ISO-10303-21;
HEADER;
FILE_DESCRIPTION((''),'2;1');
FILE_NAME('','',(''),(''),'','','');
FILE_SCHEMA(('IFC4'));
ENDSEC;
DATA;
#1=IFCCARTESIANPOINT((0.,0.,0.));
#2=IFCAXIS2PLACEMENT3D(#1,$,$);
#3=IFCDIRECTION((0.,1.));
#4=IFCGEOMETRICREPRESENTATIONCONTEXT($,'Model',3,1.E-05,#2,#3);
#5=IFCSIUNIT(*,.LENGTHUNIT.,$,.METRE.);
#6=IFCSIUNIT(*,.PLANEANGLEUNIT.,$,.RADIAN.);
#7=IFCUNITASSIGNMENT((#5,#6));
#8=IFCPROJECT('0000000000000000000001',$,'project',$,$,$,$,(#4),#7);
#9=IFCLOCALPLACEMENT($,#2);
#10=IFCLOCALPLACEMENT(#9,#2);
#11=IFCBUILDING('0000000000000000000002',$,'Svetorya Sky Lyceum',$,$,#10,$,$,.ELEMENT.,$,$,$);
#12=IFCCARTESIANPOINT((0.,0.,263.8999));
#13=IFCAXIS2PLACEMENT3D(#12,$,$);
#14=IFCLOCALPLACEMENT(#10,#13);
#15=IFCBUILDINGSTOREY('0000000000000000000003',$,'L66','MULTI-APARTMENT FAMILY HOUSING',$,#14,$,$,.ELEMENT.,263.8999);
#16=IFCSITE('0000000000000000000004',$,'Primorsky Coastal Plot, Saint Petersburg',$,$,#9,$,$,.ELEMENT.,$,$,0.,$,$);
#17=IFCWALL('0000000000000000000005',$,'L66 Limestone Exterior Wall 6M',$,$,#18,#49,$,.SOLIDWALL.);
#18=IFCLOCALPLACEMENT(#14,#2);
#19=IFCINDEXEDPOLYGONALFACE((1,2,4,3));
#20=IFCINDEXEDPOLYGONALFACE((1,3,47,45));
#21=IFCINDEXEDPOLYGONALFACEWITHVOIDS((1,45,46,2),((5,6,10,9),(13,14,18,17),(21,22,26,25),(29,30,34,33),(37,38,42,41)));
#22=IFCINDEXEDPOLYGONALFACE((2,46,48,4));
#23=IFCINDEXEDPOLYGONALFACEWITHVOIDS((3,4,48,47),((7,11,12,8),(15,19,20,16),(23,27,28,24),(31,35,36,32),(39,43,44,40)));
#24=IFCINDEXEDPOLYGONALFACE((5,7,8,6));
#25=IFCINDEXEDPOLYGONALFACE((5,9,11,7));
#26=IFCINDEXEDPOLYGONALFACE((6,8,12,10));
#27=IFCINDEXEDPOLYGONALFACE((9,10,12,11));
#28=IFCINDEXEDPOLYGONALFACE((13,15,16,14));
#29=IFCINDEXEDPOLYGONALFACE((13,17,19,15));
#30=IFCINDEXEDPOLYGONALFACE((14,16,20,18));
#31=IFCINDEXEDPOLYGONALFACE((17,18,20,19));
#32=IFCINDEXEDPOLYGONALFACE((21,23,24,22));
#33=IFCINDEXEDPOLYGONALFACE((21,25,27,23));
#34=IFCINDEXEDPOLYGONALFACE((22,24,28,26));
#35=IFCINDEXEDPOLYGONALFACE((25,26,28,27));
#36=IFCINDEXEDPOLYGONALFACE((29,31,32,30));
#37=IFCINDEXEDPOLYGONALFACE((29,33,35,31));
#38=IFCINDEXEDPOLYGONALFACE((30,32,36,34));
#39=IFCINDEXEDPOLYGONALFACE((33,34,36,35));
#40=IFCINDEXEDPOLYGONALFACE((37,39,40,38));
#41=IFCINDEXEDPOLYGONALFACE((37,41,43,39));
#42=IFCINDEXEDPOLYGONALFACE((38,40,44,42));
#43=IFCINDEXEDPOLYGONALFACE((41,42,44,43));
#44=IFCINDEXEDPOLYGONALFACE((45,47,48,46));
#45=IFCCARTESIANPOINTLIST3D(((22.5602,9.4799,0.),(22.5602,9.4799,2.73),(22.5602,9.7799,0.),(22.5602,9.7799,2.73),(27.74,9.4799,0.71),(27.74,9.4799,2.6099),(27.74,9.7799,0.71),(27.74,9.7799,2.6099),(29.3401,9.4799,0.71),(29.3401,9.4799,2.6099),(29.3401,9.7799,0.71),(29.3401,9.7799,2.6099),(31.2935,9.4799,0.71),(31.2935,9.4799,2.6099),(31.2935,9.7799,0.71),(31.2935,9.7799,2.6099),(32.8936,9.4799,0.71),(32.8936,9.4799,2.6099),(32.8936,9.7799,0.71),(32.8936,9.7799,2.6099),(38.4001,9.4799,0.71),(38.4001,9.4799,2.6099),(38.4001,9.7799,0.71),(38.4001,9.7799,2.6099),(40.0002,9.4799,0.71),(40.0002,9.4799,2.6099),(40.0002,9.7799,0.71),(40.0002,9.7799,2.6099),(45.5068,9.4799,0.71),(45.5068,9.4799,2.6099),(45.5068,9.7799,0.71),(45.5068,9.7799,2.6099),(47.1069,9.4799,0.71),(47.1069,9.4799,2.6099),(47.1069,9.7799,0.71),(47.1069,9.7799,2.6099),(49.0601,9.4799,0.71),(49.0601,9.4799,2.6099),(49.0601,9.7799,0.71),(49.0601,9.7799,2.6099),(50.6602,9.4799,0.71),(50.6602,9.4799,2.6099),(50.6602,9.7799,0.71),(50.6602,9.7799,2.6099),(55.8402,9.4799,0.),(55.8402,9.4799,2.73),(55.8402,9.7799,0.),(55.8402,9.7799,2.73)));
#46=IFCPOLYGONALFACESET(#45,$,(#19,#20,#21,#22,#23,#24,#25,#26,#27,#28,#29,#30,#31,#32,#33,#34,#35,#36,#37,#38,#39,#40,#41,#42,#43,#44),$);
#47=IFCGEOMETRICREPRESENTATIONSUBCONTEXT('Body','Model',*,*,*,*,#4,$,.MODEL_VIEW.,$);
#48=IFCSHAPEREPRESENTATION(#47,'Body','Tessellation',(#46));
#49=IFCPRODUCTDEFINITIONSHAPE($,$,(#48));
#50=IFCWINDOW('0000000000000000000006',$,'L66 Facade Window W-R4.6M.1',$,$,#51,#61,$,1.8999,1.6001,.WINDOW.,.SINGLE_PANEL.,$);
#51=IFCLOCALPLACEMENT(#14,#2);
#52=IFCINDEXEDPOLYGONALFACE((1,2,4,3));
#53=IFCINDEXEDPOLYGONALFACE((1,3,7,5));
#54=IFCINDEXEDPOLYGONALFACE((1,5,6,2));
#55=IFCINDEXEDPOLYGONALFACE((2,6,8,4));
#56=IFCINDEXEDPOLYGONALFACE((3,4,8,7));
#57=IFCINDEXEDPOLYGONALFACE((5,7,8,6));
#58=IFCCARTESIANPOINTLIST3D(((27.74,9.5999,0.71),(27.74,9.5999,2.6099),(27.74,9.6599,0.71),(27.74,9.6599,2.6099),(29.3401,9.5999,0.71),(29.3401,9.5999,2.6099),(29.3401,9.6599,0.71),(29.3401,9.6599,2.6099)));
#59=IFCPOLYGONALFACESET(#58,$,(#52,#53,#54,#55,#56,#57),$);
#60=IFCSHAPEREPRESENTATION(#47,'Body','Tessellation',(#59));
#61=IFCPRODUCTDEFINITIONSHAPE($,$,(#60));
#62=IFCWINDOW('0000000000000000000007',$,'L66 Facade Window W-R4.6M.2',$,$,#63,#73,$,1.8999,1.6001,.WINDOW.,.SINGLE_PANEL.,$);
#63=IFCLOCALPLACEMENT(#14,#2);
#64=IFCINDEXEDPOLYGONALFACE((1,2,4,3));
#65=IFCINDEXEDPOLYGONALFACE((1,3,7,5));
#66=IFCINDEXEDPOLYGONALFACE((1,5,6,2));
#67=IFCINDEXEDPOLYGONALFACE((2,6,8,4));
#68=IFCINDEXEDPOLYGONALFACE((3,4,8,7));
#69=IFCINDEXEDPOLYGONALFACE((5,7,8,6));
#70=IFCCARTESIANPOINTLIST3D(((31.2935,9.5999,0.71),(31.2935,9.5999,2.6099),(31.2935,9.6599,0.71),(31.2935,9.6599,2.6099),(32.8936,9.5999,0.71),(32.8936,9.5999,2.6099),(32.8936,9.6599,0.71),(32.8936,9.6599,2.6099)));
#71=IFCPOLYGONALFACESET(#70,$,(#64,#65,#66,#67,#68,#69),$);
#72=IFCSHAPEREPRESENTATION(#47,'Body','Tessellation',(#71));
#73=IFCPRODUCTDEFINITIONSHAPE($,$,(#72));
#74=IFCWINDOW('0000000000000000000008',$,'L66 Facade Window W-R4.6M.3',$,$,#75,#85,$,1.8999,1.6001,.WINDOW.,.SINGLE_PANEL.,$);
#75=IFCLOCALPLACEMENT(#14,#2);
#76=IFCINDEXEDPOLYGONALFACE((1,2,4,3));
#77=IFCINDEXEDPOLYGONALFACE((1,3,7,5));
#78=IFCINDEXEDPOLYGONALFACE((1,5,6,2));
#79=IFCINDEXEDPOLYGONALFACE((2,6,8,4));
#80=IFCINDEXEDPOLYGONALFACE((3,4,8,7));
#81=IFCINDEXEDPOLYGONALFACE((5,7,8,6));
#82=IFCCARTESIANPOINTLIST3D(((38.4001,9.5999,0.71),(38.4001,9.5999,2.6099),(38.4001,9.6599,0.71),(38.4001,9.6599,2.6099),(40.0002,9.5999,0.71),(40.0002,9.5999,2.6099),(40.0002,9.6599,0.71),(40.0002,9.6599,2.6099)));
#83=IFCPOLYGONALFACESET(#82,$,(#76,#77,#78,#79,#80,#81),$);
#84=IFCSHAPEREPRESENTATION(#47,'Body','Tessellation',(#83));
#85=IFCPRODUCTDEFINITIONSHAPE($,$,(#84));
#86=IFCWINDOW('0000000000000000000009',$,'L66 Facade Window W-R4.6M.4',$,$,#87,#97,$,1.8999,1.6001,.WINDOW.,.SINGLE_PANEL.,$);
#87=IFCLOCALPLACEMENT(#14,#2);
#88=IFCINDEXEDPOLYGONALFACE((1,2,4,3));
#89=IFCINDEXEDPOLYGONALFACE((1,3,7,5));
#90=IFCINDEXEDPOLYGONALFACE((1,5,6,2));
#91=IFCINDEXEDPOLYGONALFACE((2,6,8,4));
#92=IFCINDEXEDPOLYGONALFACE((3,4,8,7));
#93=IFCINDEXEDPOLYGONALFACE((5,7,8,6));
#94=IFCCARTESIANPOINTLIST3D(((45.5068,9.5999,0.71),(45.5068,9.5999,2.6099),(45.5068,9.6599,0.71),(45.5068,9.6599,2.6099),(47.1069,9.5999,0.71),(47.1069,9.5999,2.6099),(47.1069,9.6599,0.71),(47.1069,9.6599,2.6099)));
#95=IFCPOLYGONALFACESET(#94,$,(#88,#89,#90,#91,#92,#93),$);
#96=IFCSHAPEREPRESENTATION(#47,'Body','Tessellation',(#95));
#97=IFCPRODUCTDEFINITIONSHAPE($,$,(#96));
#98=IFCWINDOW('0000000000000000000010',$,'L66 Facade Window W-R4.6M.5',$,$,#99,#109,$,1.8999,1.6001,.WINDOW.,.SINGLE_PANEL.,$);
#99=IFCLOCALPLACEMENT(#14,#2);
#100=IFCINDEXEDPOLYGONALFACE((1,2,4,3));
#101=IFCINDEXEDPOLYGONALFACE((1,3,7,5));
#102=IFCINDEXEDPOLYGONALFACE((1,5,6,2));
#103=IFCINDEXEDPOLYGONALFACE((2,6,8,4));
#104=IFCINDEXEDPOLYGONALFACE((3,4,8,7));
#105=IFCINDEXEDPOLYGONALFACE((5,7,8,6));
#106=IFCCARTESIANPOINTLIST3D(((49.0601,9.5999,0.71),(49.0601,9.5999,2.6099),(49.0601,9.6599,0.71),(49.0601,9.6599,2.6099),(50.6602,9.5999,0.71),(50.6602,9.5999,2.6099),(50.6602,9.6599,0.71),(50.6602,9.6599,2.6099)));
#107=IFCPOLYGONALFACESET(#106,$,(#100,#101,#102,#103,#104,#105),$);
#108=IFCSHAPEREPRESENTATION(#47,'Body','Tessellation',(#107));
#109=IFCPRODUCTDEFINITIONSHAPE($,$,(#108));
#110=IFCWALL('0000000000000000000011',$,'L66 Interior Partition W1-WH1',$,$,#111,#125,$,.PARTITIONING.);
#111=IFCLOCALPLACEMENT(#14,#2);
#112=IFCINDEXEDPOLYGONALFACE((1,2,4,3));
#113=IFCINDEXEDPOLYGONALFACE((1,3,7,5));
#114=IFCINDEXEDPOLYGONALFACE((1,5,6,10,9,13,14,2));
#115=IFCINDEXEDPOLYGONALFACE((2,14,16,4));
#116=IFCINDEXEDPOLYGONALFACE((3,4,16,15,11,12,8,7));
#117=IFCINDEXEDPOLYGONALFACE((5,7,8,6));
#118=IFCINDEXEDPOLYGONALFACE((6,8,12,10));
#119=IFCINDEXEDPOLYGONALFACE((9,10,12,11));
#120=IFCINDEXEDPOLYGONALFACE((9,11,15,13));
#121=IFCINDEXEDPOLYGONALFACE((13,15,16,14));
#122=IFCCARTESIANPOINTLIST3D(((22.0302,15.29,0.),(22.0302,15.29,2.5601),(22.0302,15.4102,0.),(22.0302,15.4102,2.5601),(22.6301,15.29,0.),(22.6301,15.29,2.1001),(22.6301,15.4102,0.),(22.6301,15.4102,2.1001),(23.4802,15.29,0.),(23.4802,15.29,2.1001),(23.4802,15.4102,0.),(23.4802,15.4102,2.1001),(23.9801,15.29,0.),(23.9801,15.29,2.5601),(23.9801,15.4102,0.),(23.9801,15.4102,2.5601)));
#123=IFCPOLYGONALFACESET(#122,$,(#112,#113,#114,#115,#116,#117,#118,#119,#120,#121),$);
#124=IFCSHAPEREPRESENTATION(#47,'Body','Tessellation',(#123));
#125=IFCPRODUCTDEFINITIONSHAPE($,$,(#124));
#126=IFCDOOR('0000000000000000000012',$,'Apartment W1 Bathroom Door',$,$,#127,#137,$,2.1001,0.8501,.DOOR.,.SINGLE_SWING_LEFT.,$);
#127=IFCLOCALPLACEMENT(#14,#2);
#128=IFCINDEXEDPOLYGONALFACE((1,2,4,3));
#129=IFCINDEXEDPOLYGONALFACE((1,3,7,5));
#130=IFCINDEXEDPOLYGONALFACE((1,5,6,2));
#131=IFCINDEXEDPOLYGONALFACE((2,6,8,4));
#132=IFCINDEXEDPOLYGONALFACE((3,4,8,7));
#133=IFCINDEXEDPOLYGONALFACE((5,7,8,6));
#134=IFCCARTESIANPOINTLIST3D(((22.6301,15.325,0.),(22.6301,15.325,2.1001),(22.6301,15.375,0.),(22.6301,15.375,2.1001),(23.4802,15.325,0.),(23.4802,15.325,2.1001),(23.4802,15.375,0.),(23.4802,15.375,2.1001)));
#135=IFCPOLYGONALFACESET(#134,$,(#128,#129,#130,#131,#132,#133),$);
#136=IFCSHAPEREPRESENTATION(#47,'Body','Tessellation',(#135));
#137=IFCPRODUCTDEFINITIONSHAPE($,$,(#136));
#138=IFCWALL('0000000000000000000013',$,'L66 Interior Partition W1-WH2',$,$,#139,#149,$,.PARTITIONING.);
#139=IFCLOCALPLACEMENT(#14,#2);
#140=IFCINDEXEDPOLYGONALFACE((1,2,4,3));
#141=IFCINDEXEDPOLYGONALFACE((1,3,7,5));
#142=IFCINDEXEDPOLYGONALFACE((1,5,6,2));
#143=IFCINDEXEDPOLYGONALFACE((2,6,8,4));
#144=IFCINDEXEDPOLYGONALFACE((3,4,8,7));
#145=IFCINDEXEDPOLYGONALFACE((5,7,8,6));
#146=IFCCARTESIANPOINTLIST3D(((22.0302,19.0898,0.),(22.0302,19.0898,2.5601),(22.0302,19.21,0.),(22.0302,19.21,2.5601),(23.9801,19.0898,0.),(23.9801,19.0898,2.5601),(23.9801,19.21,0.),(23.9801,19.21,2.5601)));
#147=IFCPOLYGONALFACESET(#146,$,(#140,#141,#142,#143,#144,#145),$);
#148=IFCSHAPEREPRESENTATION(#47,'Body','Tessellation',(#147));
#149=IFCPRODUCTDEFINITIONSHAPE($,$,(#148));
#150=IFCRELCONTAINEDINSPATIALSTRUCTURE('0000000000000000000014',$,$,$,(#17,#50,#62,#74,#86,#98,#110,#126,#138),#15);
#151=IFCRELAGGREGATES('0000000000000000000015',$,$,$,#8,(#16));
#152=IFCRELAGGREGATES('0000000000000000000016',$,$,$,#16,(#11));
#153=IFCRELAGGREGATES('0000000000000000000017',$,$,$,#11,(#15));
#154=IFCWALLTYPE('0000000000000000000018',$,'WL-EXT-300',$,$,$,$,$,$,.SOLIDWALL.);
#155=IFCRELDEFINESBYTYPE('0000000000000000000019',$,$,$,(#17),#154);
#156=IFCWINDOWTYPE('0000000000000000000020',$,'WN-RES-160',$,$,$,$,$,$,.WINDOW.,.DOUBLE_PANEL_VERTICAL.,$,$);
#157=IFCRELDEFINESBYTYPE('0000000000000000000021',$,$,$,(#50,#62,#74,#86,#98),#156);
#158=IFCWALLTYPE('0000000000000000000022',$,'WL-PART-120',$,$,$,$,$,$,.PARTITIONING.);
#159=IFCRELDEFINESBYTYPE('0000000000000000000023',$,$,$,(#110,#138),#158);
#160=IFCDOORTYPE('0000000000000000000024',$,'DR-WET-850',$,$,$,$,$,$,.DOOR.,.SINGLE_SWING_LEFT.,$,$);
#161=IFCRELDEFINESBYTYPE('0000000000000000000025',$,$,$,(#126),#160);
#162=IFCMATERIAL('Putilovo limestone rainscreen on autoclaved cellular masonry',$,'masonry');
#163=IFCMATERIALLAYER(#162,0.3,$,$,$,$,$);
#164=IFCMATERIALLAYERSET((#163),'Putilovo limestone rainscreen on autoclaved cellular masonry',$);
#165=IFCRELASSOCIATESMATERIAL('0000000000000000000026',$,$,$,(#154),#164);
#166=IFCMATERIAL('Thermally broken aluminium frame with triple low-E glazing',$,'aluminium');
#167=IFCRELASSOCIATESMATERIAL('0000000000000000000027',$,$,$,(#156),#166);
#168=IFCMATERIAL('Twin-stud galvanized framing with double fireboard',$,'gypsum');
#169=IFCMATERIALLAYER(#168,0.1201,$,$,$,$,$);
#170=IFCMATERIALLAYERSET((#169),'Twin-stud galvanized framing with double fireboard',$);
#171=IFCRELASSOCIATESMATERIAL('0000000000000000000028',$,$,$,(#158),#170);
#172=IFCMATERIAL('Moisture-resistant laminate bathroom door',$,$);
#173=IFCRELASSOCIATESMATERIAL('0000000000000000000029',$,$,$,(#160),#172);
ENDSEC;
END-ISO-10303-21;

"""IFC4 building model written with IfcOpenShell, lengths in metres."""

from ifc_helpers import new_model, si_unit, direction, frame, frame_2d, origin, place, context, subcontext, project, spatial, rectangle, extrude, material, layer, layer_set, type_object, element, fill, save


model = new_model("IFC4")

# Units and contexts
model_context = context("Model", 3, precision=1e-05, world=origin(), true_north=direction((0.0, 1.0)))
body_context = subcontext(model_context, "Body", "Model", "MODEL_VIEW")
ifc_project = project(units=[si_unit("LENGTHUNIT", "METRE"), si_unit("PLANEANGLEUNIT", "RADIAN")], contexts=[model_context])

# Site, building, storey
site_placement = place(None, origin())
site = spatial("IfcSite", under=ifc_project, at=site_placement, Name="Primorsky Coastal Plot, Saint Petersburg", CompositionType="ELEMENT", RefElevation=0.0)
building_placement = place(site_placement, origin())
building = spatial("IfcBuilding", under=site, at=building_placement, Name="Svetorya Sky Lyceum", CompositionType="ELEMENT")
storey_placement = place(building_placement, frame((0.0, 0.0, 263.8999)))
storey = spatial("IfcBuildingStorey", under=building, at=storey_placement, Name="L66", Description="MULTI-APARTMENT FAMILY HOUSING", CompositionType="ELEMENT", Elevation=263.8999)

# Shared definitions
ifc_material_1 = material(Name="Putilovo limestone rainscreen on autoclaved cellular masonry", Category="masonry")
ifc_layer_1 = layer(ifc_material_1, 0.3)
ifc_layer_set_1 = layer_set([ifc_layer_1], Name="Putilovo limestone rainscreen on autoclaved cellular masonry")
wall_type_1 = type_object("IfcWallType", Name="WL-EXT-300", PredefinedType="SOLIDWALL", material=ifc_layer_set_1)

# Wall, openings, windows
wall_1_placement = place(storey_placement, frame((22.5601, 9.6299, 0.0), z_axis=(0.0, 0.0, 1.0), x_axis=(1.0, 0.0, 0.0)))
wall_1 = element("IfcWall", 1, at=wall_1_placement, inside=storey, type_object=wall_type_1, Name="L66 Limestone Exterior Wall 6M", PredefinedType="SOLIDWALL", context=body_context, shape_type="SweptSolid", body=[
    extrude(rectangle(XDim=33.28, YDim=0.3, at=frame_2d((16.6401, 0.0))), origin(), (0.0, 0.0, 1.0), 2.73),
])
opening_1_placement = place(wall_1_placement, frame((5.1799, 0.0, 0.71)))
opening_1 = element("IfcOpeningElement", 2, at=opening_1_placement, cuts=wall_1, PredefinedType="OPENING", context=body_context, shape_type="SweptSolid", body=[
    extrude(rectangle(XDim=1.6001, YDim=1.8999, at=frame_2d((0.8, 0.95))), frame((0.0, 0.1599, 0.0), z_axis=(0.0, -1.0, 0.0), x_axis=(1.0, 0.0, 0.0)), (0.0, 0.0, 1.0), 0.3201),
])
opening_2_placement = place(wall_1_placement, frame((8.7334, 0.0, 0.71)))
opening_2 = element("IfcOpeningElement", 3, at=opening_2_placement, cuts=wall_1, PredefinedType="OPENING", context=body_context, shape_type="SweptSolid", body=[
    extrude(rectangle(XDim=1.6001, YDim=1.8999, at=frame_2d((0.8, 0.95))), frame((0.0, 0.1599, 0.0), z_axis=(0.0, -1.0, 0.0), x_axis=(1.0, 0.0, 0.0)), (0.0, 0.0, 1.0), 0.3201),
])
opening_3_placement = place(wall_1_placement, frame((15.8401, 0.0, 0.71)))
opening_3 = element("IfcOpeningElement", 4, at=opening_3_placement, cuts=wall_1, PredefinedType="OPENING", context=body_context, shape_type="SweptSolid", body=[
    extrude(rectangle(XDim=1.6001, YDim=1.8999, at=frame_2d((0.8, 0.95))), frame((0.0, 0.1599, 0.0), z_axis=(0.0, -1.0, 0.0), x_axis=(1.0, 0.0, 0.0)), (0.0, 0.0, 1.0), 0.3201),
])
opening_4_placement = place(wall_1_placement, frame((22.9468, 0.0, 0.71)))
opening_4 = element("IfcOpeningElement", 5, at=opening_4_placement, cuts=wall_1, PredefinedType="OPENING", context=body_context, shape_type="SweptSolid", body=[
    extrude(rectangle(XDim=1.6001, YDim=1.8999, at=frame_2d((0.8, 0.95))), frame((0.0, 0.1599, 0.0), z_axis=(0.0, -1.0, 0.0), x_axis=(1.0, 0.0, 0.0)), (0.0, 0.0, 1.0), 0.3201),
])
opening_5_placement = place(wall_1_placement, frame((26.5, 0.0, 0.71)))
opening_5 = element("IfcOpeningElement", 6, at=opening_5_placement, cuts=wall_1, PredefinedType="OPENING", context=body_context, shape_type="SweptSolid", body=[
    extrude(rectangle(XDim=1.6001, YDim=1.8999, at=frame_2d((0.8, 0.95))), frame((0.0, 0.1599, 0.0), z_axis=(0.0, -1.0, 0.0), x_axis=(1.0, 0.0, 0.0)), (0.0, 0.0, 1.0), 0.3201),
])
ifc_material_2 = material(Name="Thermally broken aluminium frame with triple low-E glazing", Category="aluminium")
window_type = type_object("IfcWindowType", Name="WN-RES-160", PartitioningType="DOUBLE_PANEL_VERTICAL", PredefinedType="WINDOW", material=ifc_material_2)
window_1_placement = place(opening_1_placement, origin())
window_1 = element("IfcWindow", 7, at=window_1_placement, inside=storey, type_object=window_type, Name="L66 Facade Window W-R4.6M.1", OverallHeight=1.8999, OverallWidth=1.6001, PartitioningType="SINGLE_PANEL", PredefinedType="WINDOW", context=body_context, shape_type="SweptSolid", body=[
    extrude(rectangle(XDim=1.6001, YDim=1.8999, at=frame_2d((0.8, 0.95))), frame((0.0, 0.03, 0.0), z_axis=(0.0, -1.0, 0.0), x_axis=(1.0, 0.0, 0.0)), (0.0, 0.0, 1.0), 0.0601),
])
fill(opening_1, window_1)
window_2_placement = place(opening_2_placement, origin())
window_2 = element("IfcWindow", 8, at=window_2_placement, inside=storey, type_object=window_type, Name="L66 Facade Window W-R4.6M.2", OverallHeight=1.8999, OverallWidth=1.6001, PartitioningType="SINGLE_PANEL", PredefinedType="WINDOW", context=body_context, shape_type="SweptSolid", body=[
    extrude(rectangle(XDim=1.6001, YDim=1.8999, at=frame_2d((0.8, 0.95))), frame((0.0, 0.03, 0.0), z_axis=(0.0, -1.0, 0.0), x_axis=(1.0, 0.0, 0.0)), (0.0, 0.0, 1.0), 0.0601),
])
fill(opening_2, window_2)
window_3_placement = place(opening_3_placement, origin())
window_3 = element("IfcWindow", 9, at=window_3_placement, inside=storey, type_object=window_type, Name="L66 Facade Window W-R4.6M.3", OverallHeight=1.8999, OverallWidth=1.6001, PartitioningType="SINGLE_PANEL", PredefinedType="WINDOW", context=body_context, shape_type="SweptSolid", body=[
    extrude(rectangle(XDim=1.6001, YDim=1.8999, at=frame_2d((0.8, 0.95))), frame((0.0, 0.03, 0.0), z_axis=(0.0, -1.0, 0.0), x_axis=(1.0, 0.0, 0.0)), (0.0, 0.0, 1.0), 0.0601),
])
fill(opening_3, window_3)
window_4_placement = place(opening_4_placement, origin())
window_4 = element("IfcWindow", 10, at=window_4_placement, inside=storey, type_object=window_type, Name="L66 Facade Window W-R4.6M.4", OverallHeight=1.8999, OverallWidth=1.6001, PartitioningType="SINGLE_PANEL", PredefinedType="WINDOW", context=body_context, shape_type="SweptSolid", body=[
    extrude(rectangle(XDim=1.6001, YDim=1.8999, at=frame_2d((0.8, 0.95))), frame((0.0, 0.03, 0.0), z_axis=(0.0, -1.0, 0.0), x_axis=(1.0, 0.0, 0.0)), (0.0, 0.0, 1.0), 0.0601),
])
fill(opening_4, window_4)
window_5_placement = place(opening_5_placement, origin())
window_5 = element("IfcWindow", 11, at=window_5_placement, inside=storey, type_object=window_type, Name="L66 Facade Window W-R4.6M.5", OverallHeight=1.8999, OverallWidth=1.6001, PartitioningType="SINGLE_PANEL", PredefinedType="WINDOW", context=body_context, shape_type="SweptSolid", body=[
    extrude(rectangle(XDim=1.6001, YDim=1.8999, at=frame_2d((0.8, 0.95))), frame((0.0, 0.03, 0.0), z_axis=(0.0, -1.0, 0.0), x_axis=(1.0, 0.0, 0.0)), (0.0, 0.0, 1.0), 0.0601),
])
fill(opening_5, window_5)

# Wall, opening, door
ifc_material_3 = material(Name="Twin-stud galvanized framing with double fireboard", Category="gypsum")
ifc_layer_2 = layer(ifc_material_3, 0.1201)
ifc_layer_set_2 = layer_set([ifc_layer_2], Name="Twin-stud galvanized framing with double fireboard")
wall_type_2 = type_object("IfcWallType", Name="WL-PART-120", PredefinedType="PARTITIONING", material=ifc_layer_set_2)
wall_2_placement = place(storey_placement, frame((22.03, 15.3501, 0.0), z_axis=(0.0, 0.0, 1.0), x_axis=(1.0, 0.0, 0.0)))
wall_2 = element("IfcWall", 12, at=wall_2_placement, inside=storey, type_object=wall_type_2, Name="L66 Interior Partition W1-WH1", PredefinedType="PARTITIONING", context=body_context, shape_type="SweptSolid", body=[
    extrude(rectangle(XDim=1.95, YDim=0.1201, at=frame_2d((0.9751, 0.0))), origin(), (0.0, 0.0, 1.0), 2.5601),
])
opening_6_placement = place(wall_2_placement, frame((0.6001, 0.0, 0.0)))
opening_6 = element("IfcOpeningElement", 13, at=opening_6_placement, cuts=wall_2, PredefinedType="OPENING", context=body_context, shape_type="SweptSolid", body=[
    extrude(rectangle(XDim=0.8501, YDim=2.1001, at=frame_2d((0.425, 1.05))), frame((0.0, 0.0701, 0.0), z_axis=(0.0, -1.0, 0.0), x_axis=(1.0, 0.0, 0.0)), (0.0, 0.0, 1.0), 0.1401),
])
ifc_material_4 = material(Name="Moisture-resistant laminate bathroom door")
door_type_1 = type_object("IfcDoorType", Name="DR-WET-850", OperationType="SINGLE_SWING_LEFT", PredefinedType="DOOR", material=ifc_material_4)
door_1_placement = place(opening_6_placement, origin())
door_1 = element("IfcDoor", 14, at=door_1_placement, inside=storey, type_object=door_type_1, Name="Apartment W1 Bathroom Door", OperationType="SINGLE_SWING_LEFT", OverallHeight=2.1001, OverallWidth=0.8501, PredefinedType="DOOR", context=body_context, shape_type="SweptSolid", body=[
    extrude(rectangle(XDim=0.8501, YDim=2.1001, at=frame_2d((0.425, 1.05))), frame((0.0, 0.0249, 0.0), z_axis=(0.0, -1.0, 0.0), x_axis=(1.0, 0.0, 0.0)), (0.0, 0.0, 1.0), 0.05),
])
fill(opening_6, door_1)

# Wall
wall_3_placement = place(storey_placement, frame((22.03, 19.1499, 0.0), z_axis=(0.0, 0.0, 1.0), x_axis=(1.0, 0.0, 0.0)))
element("IfcWall", 15, at=wall_3_placement, inside=storey, type_object=wall_type_2, Name="L66 Interior Partition W1-WH2", PredefinedType="PARTITIONING", context=body_context, shape_type="SweptSolid", body=[
    extrude(rectangle(XDim=1.95, YDim=0.1201, at=frame_2d((0.9751, 0.0))), origin(), (0.0, 0.0, 1.0), 2.5601),
])

save(model, "model.ifc")
